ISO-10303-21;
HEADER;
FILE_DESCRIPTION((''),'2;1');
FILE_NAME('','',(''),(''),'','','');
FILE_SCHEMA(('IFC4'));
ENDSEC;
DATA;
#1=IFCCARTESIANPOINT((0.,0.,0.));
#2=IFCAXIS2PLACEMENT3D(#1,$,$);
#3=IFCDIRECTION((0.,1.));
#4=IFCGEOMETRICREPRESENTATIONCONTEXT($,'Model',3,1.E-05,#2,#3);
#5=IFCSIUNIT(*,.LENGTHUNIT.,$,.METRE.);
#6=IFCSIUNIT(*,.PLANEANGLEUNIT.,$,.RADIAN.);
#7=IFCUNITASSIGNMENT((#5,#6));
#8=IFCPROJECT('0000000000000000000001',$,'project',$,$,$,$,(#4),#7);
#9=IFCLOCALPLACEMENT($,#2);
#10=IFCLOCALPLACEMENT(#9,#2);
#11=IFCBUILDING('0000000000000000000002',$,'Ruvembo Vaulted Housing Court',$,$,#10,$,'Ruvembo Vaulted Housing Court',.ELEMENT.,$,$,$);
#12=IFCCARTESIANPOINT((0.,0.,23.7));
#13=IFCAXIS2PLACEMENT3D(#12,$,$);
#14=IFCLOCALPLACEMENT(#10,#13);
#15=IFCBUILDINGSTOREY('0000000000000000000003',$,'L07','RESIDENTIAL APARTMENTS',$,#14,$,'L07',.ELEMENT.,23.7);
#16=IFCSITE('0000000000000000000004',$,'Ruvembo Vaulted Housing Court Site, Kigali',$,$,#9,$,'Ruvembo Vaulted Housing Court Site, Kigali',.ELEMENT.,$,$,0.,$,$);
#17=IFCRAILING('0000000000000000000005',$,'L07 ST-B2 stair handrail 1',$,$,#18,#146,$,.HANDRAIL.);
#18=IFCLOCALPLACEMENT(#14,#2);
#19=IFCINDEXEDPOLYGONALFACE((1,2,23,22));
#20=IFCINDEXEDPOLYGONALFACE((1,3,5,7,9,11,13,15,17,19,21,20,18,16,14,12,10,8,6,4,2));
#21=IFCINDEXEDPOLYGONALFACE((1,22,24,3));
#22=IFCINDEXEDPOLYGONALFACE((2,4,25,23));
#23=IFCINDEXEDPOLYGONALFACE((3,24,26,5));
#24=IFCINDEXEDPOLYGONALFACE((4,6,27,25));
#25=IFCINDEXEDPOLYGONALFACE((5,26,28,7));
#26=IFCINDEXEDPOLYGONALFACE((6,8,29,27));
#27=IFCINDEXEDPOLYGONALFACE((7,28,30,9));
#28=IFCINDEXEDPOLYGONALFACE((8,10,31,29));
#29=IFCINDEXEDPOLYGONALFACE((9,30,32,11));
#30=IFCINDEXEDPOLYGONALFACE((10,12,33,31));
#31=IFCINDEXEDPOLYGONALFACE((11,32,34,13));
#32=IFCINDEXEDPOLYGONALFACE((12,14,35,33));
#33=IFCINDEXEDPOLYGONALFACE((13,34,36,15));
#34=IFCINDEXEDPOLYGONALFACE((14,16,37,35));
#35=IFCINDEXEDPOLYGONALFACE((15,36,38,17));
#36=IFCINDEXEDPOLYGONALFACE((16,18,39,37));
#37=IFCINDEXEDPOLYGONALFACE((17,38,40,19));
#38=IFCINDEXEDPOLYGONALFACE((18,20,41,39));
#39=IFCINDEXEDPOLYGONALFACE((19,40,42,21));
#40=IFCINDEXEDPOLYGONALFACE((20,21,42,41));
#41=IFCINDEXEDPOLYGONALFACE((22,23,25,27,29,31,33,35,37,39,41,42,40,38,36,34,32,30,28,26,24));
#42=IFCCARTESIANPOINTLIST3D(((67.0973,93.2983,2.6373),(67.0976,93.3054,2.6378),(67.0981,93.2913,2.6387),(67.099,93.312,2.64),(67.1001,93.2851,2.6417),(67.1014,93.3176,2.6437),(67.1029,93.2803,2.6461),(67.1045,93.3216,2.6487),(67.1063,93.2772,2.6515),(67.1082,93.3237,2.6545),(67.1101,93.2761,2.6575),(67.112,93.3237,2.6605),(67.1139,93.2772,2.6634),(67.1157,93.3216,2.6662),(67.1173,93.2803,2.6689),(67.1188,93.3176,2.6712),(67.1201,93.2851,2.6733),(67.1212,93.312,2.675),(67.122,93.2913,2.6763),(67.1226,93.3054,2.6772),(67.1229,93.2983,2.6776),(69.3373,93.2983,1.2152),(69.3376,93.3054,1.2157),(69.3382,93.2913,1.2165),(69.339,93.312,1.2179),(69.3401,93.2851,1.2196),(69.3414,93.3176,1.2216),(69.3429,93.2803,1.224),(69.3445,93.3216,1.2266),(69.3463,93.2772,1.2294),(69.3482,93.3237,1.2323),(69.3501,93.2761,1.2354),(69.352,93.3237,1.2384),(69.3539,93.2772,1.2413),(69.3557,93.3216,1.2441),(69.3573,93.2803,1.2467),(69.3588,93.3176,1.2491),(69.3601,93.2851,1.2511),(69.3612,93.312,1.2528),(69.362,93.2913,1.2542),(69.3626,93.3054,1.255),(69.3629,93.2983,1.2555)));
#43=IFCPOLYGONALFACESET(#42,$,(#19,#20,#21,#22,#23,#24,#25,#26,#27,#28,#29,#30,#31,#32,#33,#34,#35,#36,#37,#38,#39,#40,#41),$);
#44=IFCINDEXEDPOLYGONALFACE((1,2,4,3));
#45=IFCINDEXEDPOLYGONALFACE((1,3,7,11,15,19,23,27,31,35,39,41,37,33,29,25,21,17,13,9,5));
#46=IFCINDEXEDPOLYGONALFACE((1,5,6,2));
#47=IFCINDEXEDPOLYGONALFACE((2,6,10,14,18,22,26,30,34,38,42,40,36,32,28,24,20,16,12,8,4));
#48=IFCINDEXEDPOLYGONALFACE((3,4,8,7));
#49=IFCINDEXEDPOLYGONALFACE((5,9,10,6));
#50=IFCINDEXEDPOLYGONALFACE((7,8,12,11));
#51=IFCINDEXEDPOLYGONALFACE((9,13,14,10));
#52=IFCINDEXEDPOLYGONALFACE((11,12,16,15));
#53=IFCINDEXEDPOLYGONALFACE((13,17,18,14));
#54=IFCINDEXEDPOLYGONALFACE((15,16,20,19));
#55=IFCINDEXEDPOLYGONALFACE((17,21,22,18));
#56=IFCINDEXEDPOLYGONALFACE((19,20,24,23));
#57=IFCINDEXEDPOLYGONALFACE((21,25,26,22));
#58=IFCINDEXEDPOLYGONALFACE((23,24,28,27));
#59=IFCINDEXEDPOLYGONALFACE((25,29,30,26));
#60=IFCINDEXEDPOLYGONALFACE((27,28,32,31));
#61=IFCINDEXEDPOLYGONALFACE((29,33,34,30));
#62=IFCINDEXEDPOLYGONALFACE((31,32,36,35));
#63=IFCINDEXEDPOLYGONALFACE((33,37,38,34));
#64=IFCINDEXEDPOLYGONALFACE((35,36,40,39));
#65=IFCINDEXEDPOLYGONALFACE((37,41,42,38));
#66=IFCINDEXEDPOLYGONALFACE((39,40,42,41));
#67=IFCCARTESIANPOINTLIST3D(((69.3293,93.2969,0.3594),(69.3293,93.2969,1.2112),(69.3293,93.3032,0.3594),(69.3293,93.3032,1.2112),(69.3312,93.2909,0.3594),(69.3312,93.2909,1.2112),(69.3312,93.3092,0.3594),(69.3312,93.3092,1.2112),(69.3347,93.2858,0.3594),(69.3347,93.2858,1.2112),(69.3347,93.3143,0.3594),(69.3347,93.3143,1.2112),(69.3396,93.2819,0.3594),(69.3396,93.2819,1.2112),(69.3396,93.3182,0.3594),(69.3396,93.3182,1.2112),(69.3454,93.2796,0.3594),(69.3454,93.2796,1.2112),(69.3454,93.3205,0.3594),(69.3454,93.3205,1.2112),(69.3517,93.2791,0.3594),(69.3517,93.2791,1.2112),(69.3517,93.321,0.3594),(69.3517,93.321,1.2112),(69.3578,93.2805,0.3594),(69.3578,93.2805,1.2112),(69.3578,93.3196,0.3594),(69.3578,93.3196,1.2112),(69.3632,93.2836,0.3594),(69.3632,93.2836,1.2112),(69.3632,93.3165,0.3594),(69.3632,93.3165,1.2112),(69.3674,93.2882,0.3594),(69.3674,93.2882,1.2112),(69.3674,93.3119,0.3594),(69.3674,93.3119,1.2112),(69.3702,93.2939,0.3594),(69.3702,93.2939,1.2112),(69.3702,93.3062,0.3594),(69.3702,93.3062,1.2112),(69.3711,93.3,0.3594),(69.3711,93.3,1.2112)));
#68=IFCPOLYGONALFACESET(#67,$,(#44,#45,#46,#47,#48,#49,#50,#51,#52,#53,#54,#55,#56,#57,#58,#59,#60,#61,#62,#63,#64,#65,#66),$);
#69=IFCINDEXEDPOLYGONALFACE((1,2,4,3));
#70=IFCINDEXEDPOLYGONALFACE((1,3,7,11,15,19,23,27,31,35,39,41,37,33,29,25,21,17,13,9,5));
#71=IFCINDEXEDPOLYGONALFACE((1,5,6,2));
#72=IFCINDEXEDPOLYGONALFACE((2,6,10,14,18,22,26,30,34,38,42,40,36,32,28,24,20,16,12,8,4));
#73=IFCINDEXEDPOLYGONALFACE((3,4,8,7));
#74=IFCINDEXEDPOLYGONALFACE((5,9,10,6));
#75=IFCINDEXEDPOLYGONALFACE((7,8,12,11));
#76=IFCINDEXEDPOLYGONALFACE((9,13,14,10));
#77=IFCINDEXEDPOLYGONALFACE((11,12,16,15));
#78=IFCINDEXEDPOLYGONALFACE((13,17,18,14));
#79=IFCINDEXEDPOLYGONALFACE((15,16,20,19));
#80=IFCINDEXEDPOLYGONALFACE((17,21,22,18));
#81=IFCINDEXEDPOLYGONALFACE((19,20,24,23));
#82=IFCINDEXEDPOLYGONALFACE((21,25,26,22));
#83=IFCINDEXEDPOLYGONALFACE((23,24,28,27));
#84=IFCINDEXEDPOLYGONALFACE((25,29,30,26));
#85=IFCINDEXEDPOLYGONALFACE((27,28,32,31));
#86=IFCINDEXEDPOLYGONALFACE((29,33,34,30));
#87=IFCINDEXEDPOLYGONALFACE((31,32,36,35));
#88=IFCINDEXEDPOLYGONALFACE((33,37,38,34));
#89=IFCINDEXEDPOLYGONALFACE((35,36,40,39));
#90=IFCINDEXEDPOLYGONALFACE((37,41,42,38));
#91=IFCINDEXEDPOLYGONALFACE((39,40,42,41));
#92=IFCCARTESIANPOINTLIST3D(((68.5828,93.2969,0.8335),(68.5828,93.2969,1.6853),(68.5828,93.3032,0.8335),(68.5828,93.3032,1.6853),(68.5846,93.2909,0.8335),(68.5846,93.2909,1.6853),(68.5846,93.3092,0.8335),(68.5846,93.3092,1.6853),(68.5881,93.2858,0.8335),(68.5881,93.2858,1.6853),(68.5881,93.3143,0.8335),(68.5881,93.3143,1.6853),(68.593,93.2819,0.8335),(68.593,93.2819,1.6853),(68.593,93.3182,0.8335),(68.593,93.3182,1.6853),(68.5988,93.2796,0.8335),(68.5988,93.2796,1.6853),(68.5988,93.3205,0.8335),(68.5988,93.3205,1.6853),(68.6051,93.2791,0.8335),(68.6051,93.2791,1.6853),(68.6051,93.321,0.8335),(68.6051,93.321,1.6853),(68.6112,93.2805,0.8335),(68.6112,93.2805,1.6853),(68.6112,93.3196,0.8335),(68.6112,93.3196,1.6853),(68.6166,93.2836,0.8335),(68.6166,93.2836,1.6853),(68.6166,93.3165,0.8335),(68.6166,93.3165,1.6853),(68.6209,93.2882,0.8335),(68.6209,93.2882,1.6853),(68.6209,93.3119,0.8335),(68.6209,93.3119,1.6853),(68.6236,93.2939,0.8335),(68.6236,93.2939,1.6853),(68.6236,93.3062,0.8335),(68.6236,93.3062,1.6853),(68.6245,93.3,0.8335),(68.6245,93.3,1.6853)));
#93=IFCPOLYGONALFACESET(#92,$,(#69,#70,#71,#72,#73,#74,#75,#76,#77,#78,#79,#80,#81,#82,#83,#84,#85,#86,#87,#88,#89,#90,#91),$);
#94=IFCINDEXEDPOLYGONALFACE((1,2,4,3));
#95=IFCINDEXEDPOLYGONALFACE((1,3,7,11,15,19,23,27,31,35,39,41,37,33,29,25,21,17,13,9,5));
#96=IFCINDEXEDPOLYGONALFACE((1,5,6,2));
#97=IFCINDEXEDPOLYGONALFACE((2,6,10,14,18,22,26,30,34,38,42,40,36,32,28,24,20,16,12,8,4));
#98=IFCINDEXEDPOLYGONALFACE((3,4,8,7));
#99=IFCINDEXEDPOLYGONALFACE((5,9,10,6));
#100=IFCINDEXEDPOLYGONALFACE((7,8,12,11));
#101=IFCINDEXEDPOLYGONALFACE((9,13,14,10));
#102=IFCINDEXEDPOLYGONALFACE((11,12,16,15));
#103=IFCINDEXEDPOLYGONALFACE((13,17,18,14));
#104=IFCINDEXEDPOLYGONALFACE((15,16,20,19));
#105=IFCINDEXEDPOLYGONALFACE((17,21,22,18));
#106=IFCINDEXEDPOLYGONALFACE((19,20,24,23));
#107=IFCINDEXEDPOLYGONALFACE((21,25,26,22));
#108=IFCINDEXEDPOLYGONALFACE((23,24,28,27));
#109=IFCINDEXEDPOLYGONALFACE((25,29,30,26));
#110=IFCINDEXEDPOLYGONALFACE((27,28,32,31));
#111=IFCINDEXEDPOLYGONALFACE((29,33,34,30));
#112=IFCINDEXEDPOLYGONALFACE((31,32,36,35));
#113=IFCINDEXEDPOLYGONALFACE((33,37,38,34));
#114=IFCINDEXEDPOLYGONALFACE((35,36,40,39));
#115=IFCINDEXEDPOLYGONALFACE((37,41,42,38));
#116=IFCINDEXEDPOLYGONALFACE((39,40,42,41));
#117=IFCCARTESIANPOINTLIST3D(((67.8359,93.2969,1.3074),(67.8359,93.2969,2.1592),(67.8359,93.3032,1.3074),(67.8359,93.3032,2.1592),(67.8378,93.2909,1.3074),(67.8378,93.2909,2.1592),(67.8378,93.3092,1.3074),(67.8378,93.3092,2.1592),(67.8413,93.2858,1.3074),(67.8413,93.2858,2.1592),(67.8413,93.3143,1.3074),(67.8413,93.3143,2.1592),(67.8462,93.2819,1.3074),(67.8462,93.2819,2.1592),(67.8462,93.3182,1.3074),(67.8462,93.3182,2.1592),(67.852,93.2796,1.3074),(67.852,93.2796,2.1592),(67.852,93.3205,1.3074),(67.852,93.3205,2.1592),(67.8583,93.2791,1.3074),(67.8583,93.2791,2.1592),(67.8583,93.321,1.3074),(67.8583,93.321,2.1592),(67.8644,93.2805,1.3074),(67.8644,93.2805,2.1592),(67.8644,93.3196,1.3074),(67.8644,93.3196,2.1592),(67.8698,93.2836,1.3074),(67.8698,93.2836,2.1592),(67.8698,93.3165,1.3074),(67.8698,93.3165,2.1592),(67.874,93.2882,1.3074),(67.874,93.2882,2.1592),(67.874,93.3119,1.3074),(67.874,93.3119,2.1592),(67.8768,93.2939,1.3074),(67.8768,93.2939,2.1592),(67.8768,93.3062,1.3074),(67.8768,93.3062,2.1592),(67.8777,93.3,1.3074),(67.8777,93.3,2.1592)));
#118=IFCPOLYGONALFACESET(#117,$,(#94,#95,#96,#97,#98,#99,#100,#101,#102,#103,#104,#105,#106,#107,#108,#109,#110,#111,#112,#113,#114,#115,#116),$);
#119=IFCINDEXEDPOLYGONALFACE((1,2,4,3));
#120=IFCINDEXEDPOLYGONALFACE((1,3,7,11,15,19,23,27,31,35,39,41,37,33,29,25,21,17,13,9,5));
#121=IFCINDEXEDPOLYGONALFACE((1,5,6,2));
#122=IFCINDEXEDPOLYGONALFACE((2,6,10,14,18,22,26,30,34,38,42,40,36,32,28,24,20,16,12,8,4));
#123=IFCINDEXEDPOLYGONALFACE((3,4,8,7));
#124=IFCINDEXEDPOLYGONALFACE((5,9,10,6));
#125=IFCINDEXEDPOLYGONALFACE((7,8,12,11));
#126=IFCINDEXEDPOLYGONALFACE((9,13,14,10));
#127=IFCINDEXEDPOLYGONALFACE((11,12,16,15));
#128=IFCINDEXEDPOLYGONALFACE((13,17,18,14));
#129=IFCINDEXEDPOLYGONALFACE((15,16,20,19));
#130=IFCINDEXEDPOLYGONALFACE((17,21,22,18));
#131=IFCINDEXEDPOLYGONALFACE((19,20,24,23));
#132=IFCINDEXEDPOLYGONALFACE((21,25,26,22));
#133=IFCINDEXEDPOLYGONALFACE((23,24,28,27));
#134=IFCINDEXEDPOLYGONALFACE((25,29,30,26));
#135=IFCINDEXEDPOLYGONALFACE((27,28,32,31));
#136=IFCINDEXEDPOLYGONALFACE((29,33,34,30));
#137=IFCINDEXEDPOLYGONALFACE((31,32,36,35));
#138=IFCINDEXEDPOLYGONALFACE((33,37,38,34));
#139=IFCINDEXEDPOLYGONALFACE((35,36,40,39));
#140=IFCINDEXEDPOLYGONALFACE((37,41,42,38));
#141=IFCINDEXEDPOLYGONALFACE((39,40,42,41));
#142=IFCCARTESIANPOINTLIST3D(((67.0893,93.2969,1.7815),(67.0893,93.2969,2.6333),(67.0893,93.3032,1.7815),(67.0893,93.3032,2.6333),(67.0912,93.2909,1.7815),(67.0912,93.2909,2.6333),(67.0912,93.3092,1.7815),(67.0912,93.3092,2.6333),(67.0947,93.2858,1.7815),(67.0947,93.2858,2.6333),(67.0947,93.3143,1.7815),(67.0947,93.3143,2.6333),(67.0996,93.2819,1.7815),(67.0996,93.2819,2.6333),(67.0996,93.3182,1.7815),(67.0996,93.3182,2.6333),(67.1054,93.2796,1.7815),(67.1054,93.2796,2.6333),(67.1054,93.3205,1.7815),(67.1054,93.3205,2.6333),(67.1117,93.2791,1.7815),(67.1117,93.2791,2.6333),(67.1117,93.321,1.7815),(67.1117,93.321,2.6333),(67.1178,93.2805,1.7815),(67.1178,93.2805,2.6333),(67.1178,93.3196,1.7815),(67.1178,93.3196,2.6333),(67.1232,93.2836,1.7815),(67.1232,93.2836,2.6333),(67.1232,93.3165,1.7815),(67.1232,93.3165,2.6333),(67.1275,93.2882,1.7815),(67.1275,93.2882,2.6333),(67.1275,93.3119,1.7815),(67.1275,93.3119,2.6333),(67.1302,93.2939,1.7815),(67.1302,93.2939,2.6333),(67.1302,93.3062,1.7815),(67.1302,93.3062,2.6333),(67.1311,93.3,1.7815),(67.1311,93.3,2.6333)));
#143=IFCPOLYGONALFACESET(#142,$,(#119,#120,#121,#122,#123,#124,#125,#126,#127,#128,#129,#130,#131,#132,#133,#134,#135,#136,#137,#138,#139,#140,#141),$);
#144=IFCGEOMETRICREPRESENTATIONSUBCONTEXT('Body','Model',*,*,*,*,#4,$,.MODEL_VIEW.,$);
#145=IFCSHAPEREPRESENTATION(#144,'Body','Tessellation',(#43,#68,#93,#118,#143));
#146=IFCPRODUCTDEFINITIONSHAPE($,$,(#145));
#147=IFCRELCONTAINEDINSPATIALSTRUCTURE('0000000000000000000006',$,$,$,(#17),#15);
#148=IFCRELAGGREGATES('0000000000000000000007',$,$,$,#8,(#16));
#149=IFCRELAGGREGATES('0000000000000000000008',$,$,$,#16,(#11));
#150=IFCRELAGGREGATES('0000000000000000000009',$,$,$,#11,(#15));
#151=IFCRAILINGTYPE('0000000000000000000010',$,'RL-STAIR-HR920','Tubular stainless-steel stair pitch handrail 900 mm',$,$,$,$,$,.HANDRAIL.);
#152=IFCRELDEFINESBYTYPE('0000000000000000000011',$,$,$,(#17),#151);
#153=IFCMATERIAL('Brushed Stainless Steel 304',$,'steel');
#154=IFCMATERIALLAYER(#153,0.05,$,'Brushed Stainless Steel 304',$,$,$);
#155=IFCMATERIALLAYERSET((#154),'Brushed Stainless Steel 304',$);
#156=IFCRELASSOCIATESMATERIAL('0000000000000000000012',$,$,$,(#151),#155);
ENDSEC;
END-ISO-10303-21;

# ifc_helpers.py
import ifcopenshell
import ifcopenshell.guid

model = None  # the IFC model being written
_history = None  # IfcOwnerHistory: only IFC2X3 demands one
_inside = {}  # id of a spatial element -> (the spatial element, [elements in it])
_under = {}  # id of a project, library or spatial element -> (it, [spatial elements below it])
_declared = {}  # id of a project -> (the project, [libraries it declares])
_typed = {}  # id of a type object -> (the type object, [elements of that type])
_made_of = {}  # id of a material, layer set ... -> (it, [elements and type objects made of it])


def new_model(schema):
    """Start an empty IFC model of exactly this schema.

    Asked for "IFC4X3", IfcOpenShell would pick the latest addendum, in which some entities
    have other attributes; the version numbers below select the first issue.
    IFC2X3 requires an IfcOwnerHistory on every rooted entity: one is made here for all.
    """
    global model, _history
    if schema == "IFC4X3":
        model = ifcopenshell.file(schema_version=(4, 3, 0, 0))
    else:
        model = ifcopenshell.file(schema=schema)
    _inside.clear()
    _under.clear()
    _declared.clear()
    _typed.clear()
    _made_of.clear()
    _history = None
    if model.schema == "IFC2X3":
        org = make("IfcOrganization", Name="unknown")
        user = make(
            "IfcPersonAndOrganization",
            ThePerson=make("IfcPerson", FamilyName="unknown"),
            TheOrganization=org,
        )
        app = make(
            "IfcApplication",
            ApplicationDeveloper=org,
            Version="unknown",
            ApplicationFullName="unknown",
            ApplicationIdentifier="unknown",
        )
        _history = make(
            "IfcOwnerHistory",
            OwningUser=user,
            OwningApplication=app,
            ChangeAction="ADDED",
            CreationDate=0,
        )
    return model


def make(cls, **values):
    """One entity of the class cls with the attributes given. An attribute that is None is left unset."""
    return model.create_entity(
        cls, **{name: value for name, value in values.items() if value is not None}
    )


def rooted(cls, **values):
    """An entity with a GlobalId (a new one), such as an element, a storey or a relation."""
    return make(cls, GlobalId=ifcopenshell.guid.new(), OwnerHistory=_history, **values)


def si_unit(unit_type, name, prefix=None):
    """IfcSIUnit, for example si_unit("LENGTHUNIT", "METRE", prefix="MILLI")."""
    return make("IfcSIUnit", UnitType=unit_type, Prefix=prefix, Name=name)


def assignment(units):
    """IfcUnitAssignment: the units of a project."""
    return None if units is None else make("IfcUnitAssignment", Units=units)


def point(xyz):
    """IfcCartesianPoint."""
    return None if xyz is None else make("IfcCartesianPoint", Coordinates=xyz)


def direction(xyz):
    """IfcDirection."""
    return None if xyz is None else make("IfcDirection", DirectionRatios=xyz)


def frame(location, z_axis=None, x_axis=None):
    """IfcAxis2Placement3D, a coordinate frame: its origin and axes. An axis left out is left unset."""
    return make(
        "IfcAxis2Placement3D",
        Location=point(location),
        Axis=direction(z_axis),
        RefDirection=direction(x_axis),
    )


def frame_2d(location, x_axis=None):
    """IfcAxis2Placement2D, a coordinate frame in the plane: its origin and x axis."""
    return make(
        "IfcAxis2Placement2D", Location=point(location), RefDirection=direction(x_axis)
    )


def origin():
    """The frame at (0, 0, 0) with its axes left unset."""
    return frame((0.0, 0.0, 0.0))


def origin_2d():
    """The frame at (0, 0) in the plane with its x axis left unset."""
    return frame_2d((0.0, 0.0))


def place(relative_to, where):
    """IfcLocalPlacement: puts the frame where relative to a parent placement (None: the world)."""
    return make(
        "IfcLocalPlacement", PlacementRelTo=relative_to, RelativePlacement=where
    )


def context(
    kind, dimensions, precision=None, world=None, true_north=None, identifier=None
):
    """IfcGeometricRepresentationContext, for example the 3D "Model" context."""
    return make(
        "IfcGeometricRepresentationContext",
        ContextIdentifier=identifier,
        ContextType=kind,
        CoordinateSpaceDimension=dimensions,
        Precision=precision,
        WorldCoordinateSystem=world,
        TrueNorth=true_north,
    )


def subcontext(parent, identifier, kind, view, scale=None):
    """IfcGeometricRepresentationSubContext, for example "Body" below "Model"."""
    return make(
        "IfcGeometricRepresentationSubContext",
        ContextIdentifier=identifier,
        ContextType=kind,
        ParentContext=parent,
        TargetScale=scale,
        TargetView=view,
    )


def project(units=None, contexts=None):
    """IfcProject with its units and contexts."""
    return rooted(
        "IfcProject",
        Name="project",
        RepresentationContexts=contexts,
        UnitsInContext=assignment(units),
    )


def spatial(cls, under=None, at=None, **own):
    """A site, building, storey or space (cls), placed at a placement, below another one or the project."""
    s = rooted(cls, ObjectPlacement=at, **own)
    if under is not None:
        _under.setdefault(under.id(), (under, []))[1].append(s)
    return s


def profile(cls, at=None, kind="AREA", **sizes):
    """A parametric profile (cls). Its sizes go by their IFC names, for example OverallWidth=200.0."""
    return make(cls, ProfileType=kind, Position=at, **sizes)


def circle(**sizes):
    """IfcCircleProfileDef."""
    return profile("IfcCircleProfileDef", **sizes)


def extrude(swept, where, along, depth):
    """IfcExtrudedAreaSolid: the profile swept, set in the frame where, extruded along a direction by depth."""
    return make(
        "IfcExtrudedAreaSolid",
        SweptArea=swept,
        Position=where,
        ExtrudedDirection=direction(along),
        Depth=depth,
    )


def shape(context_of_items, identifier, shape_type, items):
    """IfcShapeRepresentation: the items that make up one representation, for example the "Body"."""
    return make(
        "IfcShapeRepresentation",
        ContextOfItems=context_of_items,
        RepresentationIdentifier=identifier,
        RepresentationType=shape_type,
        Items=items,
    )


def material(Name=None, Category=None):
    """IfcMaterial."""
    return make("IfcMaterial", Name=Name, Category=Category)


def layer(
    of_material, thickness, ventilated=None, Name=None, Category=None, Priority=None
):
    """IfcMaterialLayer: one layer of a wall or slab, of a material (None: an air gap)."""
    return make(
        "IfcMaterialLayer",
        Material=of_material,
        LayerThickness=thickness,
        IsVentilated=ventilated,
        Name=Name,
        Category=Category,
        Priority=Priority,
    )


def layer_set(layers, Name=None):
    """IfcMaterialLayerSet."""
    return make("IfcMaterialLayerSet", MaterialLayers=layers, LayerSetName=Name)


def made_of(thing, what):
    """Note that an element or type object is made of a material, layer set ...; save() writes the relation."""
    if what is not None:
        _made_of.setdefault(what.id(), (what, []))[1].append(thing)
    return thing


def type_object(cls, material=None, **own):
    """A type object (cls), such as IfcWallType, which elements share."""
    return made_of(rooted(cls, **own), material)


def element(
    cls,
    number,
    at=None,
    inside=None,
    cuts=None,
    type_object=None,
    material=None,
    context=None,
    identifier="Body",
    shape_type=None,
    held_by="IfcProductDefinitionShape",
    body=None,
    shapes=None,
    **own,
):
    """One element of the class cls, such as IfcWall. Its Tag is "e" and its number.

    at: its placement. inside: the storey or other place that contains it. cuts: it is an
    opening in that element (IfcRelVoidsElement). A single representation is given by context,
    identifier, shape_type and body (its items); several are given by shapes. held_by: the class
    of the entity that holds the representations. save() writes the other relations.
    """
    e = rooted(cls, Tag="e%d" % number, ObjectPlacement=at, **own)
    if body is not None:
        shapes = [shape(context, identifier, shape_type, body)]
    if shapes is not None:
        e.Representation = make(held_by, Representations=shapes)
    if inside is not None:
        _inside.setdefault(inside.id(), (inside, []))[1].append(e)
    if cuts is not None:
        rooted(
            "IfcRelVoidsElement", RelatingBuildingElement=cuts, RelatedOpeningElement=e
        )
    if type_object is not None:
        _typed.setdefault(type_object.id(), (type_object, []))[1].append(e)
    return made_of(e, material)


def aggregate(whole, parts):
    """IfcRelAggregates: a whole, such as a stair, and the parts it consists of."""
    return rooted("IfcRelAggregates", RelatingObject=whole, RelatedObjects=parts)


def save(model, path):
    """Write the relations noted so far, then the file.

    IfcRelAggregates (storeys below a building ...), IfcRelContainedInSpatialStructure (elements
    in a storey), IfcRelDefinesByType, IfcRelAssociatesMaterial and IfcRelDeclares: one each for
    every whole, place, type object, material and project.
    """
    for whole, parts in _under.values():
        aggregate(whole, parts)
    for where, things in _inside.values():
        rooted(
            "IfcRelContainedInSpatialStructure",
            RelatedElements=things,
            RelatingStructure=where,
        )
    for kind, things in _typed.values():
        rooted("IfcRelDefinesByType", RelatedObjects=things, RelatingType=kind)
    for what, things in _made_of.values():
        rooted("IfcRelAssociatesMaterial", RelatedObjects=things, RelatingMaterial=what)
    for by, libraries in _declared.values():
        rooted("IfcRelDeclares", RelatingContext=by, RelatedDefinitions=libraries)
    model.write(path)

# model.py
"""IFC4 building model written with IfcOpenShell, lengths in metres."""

from ifc_helpers import new_model, si_unit, direction, frame, origin, origin_2d, place, context, subcontext, project, spatial, circle, extrude, material, layer, layer_set, type_object, element, save


model = new_model("IFC4")

# Units and contexts
model_context = context("Model", 3, precision=1e-05, world=origin(), true_north=direction((0.0, 1.0)))
body_context = subcontext(model_context, "Body", "Model", "MODEL_VIEW")
ifc_project = project(units=[si_unit("LENGTHUNIT", "METRE"), si_unit("PLANEANGLEUNIT", "RADIAN")], contexts=[model_context])

# Site, building, storey
site_placement = place(None, origin())
site = spatial("IfcSite", under=ifc_project, at=site_placement, Name="Ruvembo Vaulted Housing Court Site, Kigali", LongName="Ruvembo Vaulted Housing Court Site, Kigali", CompositionType="ELEMENT", RefElevation=0.0)
building_placement = place(site_placement, origin())
building = spatial("IfcBuilding", under=site, at=building_placement, Name="Ruvembo Vaulted Housing Court", LongName="Ruvembo Vaulted Housing Court", CompositionType="ELEMENT")
storey_placement = place(building_placement, frame((0.0, 0.0, 23.7)))
storey = spatial("IfcBuildingStorey", under=building, at=storey_placement, Name="L07", Description="RESIDENTIAL APARTMENTS", LongName="L07", CompositionType="ELEMENT", Elevation=23.7)

# Shared definitions
ifc_material_1 = material(Name="Brushed Stainless Steel 304", Category="steel")

# Railing
ifc_layer_1 = layer(ifc_material_1, 0.05, Name="Brushed Stainless Steel 304")
ifc_layer_set_1 = layer_set([ifc_layer_1], Name="Brushed Stainless Steel 304")
railing_type_1 = type_object("IfcRailingType", Name="RL-STAIR-HR920", Description="Tubular stainless-steel stair pitch handrail 900 mm", PredefinedType="HANDRAIL", material=ifc_layer_set_1)
railing_1_placement = place(storey_placement, frame((69.3501, 93.3, 0.3594)))
element("IfcRailing", 1, at=railing_1_placement, inside=storey, type_object=railing_type_1, Name="L07 ST-B2 stair handrail 1", PredefinedType="HANDRAIL", context=body_context, shape_type="SweptSolid", body=[
    extrude(circle(Radius=0.0239, at=origin_2d()), frame((0.0, 0.0, 0.876), z_axis=(-0.844229, 0.0, 0.535982), x_axis=(0.0, -1.0, 0.0)), (0.0, 0.0, 1.0), 2.6533),
    extrude(circle(Radius=0.021, at=origin_2d()), origin(), (0.0, 0.0, 1.0), 0.8518),
    extrude(circle(Radius=0.021, at=origin_2d()), frame((-0.7466, 0.0, 0.4741)), (0.0, 0.0, 1.0), 0.8518),
    extrude(circle(Radius=0.021, at=origin_2d()), frame((-1.4934, 0.0, 0.948)), (0.0, 0.0, 1.0), 0.8518),
    extrude(circle(Radius=0.021, at=origin_2d()), frame((-2.24, 0.0, 1.4221)), (0.0, 0.0, 1.0), 0.8518),
])

save(model, "model.ifc")
